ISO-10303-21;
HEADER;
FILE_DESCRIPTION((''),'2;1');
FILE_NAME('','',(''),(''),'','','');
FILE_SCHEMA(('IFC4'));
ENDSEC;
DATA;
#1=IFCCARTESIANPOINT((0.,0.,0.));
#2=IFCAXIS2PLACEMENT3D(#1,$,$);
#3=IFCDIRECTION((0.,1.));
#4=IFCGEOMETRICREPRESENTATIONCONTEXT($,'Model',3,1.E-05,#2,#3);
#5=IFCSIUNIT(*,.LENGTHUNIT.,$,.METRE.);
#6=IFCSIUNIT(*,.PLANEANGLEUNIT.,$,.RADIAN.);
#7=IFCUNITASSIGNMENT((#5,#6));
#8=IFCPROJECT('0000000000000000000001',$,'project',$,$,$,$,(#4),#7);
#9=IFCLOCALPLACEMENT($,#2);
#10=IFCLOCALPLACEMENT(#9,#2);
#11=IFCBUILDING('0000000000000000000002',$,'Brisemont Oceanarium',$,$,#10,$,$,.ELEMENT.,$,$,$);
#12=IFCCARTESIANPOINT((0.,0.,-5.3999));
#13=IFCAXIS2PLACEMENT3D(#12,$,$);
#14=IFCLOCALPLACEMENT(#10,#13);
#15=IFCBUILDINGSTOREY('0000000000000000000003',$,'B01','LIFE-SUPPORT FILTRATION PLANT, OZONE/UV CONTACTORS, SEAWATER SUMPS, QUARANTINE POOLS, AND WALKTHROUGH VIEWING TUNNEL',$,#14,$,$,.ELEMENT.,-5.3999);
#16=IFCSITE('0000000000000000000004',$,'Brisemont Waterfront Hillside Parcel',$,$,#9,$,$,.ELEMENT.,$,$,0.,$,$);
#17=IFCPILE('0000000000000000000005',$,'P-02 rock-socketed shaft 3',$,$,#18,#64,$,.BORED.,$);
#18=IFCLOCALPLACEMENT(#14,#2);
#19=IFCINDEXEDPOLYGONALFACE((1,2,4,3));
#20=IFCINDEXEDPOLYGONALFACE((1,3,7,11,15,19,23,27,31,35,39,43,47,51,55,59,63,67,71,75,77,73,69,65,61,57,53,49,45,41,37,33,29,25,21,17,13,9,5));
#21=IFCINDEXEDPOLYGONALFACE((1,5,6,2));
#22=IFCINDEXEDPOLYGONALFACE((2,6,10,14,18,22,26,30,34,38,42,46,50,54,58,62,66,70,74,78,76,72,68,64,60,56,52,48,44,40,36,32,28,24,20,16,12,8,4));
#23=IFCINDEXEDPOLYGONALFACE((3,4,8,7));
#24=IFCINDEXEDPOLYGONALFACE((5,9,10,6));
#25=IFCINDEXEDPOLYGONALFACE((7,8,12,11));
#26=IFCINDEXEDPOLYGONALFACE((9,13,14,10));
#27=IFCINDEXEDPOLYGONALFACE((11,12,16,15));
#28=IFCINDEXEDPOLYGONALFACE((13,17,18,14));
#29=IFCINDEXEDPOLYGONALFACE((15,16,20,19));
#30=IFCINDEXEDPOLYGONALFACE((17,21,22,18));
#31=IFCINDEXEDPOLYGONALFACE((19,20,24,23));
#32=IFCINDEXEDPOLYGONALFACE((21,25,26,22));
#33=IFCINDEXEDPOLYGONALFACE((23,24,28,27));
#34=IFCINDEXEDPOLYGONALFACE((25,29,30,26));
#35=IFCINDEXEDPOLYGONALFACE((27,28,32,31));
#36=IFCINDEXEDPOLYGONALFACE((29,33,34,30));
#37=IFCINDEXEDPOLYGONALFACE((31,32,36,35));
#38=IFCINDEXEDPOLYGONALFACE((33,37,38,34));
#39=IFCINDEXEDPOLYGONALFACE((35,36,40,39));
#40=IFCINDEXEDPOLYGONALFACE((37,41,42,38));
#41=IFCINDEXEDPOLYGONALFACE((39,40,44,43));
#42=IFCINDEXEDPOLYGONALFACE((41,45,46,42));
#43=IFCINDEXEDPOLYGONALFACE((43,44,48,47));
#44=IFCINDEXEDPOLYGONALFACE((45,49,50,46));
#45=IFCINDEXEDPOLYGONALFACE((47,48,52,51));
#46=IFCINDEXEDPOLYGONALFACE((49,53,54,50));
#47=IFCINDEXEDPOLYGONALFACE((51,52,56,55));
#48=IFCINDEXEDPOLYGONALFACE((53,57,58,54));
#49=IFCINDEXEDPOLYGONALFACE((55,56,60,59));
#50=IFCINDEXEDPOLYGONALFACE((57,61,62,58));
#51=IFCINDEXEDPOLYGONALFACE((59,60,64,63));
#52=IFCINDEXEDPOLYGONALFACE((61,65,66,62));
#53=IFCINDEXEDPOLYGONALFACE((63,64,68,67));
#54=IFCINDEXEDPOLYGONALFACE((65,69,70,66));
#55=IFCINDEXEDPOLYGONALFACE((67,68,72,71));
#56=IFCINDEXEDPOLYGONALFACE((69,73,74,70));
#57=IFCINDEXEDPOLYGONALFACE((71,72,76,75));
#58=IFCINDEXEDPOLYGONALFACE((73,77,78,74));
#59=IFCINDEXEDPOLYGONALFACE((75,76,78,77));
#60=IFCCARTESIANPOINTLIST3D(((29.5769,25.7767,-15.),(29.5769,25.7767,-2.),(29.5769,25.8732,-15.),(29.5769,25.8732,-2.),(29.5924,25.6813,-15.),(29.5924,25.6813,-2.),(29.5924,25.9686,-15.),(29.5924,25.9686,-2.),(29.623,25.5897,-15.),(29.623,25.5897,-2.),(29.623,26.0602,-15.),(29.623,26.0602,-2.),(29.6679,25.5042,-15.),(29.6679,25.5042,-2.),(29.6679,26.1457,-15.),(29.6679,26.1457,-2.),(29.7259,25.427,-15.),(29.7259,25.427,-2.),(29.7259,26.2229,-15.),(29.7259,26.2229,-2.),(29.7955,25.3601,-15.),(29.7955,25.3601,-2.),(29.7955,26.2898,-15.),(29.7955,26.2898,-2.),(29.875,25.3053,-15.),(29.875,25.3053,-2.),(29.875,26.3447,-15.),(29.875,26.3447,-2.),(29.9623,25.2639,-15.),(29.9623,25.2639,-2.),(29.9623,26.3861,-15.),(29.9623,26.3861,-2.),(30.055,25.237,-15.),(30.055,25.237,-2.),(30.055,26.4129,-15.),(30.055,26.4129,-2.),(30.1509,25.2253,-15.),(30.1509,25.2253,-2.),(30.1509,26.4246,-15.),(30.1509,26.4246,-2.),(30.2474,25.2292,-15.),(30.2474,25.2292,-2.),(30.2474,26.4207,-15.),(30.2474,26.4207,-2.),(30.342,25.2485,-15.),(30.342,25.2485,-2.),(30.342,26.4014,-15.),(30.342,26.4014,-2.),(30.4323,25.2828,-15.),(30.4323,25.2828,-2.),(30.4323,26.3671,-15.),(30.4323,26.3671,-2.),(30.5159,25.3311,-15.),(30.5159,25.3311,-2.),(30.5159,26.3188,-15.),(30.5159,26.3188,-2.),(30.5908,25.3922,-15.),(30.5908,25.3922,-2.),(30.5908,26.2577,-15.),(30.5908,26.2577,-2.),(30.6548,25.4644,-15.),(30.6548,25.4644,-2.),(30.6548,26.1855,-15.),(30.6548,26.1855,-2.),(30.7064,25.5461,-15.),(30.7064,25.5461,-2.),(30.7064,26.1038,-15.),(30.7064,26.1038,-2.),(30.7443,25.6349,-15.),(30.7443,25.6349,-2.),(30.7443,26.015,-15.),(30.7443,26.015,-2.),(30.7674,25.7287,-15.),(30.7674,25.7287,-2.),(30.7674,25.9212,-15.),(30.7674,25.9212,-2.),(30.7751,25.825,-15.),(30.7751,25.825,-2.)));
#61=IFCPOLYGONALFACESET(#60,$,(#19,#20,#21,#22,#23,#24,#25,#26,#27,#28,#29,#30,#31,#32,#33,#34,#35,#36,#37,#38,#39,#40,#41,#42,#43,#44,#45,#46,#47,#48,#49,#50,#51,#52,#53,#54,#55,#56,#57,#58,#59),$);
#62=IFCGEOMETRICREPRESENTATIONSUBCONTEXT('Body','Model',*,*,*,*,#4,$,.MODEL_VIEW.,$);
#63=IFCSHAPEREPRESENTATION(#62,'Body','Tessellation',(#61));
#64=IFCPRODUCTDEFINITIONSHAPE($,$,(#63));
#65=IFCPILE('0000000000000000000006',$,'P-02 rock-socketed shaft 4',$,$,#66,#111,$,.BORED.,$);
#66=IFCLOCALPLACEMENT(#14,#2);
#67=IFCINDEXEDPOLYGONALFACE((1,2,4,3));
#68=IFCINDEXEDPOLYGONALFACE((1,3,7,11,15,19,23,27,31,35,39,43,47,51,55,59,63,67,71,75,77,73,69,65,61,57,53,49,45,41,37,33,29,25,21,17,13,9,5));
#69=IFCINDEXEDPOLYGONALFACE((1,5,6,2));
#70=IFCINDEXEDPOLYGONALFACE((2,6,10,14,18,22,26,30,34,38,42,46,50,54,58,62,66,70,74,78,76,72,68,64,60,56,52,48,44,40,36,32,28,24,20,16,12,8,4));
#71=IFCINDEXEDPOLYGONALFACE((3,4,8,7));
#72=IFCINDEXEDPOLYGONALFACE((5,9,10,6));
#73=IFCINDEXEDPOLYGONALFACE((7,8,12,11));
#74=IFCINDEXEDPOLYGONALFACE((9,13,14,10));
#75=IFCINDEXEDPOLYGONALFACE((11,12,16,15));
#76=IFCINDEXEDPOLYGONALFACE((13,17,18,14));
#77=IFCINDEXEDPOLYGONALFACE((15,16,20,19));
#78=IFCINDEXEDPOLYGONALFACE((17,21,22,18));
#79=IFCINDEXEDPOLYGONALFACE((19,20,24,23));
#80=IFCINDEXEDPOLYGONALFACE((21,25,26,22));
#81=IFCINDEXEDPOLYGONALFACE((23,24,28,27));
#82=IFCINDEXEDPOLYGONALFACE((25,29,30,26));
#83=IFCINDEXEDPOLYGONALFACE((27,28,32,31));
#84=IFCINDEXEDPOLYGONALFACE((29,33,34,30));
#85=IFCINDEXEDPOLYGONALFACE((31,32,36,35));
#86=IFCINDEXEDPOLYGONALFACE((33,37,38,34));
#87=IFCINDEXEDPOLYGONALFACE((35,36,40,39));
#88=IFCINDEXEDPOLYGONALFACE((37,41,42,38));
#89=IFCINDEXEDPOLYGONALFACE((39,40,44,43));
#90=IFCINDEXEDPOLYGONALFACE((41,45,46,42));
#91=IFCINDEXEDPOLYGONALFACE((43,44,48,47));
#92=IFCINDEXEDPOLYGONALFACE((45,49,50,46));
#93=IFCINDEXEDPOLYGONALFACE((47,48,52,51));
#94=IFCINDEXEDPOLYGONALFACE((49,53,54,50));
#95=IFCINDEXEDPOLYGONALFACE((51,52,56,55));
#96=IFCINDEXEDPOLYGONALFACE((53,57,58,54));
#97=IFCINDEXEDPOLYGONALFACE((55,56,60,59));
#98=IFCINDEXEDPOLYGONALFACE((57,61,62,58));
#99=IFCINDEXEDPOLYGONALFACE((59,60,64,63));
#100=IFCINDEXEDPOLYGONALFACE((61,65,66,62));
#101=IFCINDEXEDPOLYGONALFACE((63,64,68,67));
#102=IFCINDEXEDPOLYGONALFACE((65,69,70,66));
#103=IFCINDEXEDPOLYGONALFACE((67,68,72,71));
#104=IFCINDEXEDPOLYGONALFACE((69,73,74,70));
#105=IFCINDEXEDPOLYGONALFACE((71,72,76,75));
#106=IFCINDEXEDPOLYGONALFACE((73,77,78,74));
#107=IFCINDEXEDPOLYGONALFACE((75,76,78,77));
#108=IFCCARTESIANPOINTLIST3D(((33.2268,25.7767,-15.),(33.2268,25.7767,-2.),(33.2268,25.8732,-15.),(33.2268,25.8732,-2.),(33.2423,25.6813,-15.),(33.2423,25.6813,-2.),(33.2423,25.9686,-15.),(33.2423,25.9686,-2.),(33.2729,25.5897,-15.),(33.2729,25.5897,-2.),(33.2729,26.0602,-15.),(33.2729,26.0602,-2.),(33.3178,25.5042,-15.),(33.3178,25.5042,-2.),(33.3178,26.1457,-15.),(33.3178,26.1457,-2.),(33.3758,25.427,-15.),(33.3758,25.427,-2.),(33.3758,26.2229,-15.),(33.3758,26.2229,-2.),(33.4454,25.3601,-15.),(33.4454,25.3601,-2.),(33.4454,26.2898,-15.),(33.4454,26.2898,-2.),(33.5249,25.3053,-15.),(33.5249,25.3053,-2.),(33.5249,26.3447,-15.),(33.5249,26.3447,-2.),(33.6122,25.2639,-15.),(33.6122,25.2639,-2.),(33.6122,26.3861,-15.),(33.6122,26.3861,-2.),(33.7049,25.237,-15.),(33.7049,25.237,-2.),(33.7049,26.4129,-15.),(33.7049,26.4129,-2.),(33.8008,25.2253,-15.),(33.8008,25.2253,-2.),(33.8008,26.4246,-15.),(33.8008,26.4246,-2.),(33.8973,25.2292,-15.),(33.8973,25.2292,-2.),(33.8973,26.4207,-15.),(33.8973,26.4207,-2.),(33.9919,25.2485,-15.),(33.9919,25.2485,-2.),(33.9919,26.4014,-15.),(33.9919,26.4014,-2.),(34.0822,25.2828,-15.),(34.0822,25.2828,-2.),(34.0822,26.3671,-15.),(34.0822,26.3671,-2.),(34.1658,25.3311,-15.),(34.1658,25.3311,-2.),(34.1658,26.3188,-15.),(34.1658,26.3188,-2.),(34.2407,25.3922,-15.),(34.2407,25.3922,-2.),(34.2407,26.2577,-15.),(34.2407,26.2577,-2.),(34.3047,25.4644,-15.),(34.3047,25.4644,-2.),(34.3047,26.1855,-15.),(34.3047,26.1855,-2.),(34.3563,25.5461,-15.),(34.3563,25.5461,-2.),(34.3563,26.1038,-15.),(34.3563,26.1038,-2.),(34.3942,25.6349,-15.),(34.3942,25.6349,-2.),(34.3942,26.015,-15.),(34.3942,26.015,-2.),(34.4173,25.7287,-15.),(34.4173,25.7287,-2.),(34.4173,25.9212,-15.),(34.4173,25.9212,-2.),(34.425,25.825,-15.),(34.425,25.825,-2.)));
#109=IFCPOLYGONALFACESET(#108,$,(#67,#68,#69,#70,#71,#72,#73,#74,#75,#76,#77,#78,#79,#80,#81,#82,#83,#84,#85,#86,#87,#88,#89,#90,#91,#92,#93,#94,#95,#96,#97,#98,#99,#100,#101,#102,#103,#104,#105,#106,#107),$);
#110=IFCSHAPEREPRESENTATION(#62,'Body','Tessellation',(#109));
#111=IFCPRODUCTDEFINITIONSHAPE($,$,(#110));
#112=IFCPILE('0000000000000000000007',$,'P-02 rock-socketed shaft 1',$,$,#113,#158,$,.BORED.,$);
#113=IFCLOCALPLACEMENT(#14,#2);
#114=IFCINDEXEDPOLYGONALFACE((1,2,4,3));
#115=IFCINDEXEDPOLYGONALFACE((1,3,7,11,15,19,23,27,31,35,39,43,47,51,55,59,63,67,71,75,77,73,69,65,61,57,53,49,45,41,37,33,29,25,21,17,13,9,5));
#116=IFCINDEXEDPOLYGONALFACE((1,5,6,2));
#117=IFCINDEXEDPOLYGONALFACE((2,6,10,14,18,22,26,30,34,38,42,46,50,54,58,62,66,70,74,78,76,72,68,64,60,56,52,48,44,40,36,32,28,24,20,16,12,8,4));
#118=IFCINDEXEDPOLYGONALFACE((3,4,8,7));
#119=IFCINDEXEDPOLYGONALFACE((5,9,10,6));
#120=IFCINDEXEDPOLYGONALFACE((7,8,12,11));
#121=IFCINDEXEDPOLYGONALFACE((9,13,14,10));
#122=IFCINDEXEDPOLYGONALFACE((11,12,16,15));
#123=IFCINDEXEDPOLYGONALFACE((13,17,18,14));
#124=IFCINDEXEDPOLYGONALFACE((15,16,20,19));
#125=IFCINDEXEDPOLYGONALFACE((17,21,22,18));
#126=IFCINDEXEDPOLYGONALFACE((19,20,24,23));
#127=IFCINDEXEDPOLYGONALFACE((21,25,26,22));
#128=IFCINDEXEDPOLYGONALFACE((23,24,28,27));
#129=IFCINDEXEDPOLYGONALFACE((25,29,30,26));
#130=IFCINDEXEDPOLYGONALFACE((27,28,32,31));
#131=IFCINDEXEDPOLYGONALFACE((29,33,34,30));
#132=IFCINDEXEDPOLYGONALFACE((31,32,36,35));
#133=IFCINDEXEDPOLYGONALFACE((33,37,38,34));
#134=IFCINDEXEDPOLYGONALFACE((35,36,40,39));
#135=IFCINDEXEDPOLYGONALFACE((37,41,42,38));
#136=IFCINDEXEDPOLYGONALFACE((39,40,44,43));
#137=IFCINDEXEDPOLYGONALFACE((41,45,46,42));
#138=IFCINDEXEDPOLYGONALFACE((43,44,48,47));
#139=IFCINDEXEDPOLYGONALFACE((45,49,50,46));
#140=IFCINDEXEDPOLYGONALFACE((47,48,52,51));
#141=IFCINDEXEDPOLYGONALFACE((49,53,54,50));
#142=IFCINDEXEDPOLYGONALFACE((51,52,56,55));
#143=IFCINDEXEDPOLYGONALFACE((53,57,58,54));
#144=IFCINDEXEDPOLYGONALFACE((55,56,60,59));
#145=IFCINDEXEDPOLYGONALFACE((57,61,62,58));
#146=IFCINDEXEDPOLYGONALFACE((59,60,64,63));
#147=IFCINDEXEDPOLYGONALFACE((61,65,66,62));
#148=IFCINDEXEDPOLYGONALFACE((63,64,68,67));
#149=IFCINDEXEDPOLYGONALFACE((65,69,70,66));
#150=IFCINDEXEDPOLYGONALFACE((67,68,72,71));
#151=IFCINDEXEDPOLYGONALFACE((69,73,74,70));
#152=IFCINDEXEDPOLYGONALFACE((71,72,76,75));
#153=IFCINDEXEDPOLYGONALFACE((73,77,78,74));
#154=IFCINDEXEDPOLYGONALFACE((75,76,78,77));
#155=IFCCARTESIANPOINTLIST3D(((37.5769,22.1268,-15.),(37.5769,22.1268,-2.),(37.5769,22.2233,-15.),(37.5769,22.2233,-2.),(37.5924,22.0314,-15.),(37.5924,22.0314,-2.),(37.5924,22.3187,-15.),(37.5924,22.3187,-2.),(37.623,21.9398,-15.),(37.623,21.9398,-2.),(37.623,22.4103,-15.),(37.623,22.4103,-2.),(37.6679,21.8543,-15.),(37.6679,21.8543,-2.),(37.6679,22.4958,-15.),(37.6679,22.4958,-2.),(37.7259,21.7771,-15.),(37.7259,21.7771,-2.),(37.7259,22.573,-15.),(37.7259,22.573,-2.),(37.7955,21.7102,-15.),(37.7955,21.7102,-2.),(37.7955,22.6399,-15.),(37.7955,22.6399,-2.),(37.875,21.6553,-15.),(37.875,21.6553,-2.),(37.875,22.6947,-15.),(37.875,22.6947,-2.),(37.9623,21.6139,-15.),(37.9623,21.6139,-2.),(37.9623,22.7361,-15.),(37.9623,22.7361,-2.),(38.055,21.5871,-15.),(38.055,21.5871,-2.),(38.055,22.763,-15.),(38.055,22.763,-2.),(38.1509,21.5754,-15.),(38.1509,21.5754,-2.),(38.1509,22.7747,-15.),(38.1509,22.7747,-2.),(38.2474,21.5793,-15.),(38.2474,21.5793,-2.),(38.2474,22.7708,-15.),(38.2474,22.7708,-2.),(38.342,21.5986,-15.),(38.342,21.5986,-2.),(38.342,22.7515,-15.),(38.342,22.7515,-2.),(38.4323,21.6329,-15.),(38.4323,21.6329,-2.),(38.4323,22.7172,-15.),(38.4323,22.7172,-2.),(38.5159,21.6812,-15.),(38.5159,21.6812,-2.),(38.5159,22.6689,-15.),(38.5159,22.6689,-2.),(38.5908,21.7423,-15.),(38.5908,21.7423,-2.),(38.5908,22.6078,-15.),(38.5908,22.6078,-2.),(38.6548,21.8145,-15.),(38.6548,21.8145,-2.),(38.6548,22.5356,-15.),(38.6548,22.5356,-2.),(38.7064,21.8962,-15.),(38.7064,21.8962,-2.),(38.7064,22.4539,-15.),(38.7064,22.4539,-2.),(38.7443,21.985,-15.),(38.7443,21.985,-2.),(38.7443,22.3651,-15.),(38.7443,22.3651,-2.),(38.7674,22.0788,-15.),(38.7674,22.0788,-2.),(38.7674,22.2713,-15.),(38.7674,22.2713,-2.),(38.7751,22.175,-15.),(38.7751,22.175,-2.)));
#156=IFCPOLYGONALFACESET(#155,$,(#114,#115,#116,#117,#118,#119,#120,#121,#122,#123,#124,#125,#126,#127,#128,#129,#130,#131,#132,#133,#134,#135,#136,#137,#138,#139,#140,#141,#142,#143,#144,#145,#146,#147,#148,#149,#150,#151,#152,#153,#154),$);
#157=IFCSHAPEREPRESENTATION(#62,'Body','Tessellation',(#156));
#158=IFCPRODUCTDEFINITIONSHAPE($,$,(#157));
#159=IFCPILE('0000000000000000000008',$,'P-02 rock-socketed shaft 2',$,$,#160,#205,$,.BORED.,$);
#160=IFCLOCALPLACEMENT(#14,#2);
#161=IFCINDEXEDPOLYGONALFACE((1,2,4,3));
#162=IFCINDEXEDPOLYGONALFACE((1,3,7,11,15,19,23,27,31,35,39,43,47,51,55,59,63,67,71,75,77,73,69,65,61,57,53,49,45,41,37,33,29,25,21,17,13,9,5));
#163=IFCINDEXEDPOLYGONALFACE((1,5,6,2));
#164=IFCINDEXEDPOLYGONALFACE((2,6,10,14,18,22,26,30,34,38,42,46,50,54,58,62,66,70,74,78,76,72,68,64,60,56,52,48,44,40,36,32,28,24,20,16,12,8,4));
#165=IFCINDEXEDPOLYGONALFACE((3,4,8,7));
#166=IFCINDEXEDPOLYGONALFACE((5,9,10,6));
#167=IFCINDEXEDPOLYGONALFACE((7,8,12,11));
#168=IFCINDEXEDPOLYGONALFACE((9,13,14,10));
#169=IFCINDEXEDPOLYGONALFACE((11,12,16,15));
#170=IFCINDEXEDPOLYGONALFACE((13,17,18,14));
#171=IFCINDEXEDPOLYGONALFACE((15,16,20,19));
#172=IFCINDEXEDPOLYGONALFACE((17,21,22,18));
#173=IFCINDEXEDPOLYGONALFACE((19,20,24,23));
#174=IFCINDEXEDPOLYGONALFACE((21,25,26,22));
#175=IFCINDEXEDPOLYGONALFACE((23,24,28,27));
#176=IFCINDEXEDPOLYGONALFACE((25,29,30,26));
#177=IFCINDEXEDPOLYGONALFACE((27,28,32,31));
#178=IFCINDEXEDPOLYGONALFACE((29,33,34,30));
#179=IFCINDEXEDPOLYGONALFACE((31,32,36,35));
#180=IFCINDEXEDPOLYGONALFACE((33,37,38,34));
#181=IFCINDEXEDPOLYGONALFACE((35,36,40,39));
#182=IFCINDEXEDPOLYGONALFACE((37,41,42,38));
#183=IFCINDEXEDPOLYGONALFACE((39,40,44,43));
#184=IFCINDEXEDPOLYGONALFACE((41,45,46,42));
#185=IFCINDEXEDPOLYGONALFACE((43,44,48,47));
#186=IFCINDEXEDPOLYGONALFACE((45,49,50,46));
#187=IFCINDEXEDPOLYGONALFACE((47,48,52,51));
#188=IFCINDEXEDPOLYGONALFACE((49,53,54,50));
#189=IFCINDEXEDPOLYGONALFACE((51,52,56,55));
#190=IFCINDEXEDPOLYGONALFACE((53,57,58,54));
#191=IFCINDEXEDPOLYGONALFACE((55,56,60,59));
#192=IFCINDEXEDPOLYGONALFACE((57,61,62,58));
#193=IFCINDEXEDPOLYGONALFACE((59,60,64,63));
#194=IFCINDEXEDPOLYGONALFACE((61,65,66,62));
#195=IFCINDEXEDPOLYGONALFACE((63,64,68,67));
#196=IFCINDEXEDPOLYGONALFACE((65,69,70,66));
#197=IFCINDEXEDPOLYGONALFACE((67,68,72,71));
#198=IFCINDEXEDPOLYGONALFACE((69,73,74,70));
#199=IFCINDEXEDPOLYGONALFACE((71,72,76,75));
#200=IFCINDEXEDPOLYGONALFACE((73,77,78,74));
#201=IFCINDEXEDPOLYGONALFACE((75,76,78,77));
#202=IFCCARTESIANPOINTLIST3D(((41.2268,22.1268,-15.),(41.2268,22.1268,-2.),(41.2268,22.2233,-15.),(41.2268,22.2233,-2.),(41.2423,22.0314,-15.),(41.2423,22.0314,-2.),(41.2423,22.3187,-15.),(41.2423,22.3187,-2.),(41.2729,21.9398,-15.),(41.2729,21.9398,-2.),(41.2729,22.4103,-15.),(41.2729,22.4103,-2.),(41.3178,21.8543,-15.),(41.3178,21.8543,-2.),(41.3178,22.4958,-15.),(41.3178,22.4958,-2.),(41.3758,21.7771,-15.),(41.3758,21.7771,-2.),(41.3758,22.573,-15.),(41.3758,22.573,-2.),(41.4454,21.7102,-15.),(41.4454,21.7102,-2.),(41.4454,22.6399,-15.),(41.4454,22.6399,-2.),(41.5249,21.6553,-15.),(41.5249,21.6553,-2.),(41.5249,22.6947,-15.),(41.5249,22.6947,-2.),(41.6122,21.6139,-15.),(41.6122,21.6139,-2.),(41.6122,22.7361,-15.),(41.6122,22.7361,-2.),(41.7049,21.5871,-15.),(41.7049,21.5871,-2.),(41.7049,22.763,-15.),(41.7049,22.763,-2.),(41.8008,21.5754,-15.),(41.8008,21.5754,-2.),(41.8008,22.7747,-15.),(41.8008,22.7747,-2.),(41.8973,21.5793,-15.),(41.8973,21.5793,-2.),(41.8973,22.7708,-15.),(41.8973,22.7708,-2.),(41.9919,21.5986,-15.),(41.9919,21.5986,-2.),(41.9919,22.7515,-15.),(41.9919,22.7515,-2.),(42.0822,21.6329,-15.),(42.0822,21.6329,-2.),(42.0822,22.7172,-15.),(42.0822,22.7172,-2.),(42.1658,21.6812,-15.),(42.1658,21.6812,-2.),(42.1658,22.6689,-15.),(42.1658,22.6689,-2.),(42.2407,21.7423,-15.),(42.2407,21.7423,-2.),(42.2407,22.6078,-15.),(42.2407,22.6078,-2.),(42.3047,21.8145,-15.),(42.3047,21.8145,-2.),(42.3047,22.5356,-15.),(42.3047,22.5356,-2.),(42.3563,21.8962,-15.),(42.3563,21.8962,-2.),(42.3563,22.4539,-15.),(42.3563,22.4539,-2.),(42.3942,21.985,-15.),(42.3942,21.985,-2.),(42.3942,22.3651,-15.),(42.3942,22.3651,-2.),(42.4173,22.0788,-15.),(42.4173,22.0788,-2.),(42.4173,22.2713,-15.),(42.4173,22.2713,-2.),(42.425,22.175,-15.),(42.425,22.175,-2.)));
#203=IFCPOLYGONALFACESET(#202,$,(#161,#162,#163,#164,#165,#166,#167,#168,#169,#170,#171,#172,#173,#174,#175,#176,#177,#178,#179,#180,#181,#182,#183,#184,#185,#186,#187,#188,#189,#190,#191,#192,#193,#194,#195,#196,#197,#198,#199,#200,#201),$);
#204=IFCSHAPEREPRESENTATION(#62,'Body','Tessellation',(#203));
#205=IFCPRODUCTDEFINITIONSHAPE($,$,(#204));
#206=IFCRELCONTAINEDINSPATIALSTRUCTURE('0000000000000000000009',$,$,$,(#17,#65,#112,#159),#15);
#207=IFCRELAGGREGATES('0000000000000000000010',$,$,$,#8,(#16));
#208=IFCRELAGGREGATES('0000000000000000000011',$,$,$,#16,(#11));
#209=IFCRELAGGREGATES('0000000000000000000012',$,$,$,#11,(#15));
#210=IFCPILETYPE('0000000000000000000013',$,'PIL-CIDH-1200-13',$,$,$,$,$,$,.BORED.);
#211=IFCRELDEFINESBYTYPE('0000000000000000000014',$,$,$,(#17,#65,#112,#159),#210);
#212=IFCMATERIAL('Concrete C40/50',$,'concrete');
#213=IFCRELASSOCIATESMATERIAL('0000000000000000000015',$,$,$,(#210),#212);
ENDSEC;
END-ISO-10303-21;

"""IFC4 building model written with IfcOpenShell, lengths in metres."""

from ifc_helpers import new_model, si_unit, direction, frame, origin, origin_2d, place, context, subcontext, project, spatial, circle, extrude, material, material_profile, profile_set, type_object, element, save


model = new_model("IFC4")

# Units and contexts
model_context = context("Model", 3, precision=1e-05, world=origin(), true_north=direction((0.0, 1.0)))
body_context = subcontext(model_context, "Body", "Model", "MODEL_VIEW")
ifc_project = project(units=[si_unit("LENGTHUNIT", "METRE"), si_unit("PLANEANGLEUNIT", "RADIAN")], contexts=[model_context])

# Site, building, storey
site_placement = place(None, origin())
site = spatial("IfcSite", under=ifc_project, at=site_placement, Name="Brisemont Waterfront Hillside Parcel", CompositionType="ELEMENT", RefElevation=0.0)
building_placement = place(site_placement, origin())
building = spatial("IfcBuilding", under=site, at=building_placement, Name="Brisemont Oceanarium", CompositionType="ELEMENT")
storey_placement = place(building_placement, frame((0.0, 0.0, -5.3999)))
storey = spatial("IfcBuildingStorey", under=building, at=storey_placement, Name="B01", Description="LIFE-SUPPORT FILTRATION PLANT, OZONE/UV CONTACTORS, SEAWATER SUMPS, QUARANTINE POOLS, AND WALKTHROUGH VIEWING TUNNEL", CompositionType="ELEMENT", Elevation=-5.3999)

# Piles
ifc_material_1 = material(Name="Concrete C40/50", Category="concrete")
ifc_material_profile_1 = material_profile(ifc_material_1, circle(Radius=0.6001, at=origin_2d()), Name="CIDH-D1200")
ifc_profile_set_1 = profile_set([ifc_material_profile_1], Name="Concrete C40/50")
pile_type = type_object("IfcPileType", Name="PIL-CIDH-1200-13", PredefinedType="BORED", material=ifc_profile_set_1)
for number, where, z_axis, x_axis, name in (
    (1, (30.175, 25.825, -2.0), (0.0, 0.0, -1.0), (1.0, 0.0, 0.0), "P-02 rock-socketed shaft 3"),
    (2, (33.825, 25.825, -2.0), (0.0, 0.0, -1.0), (1.0, 0.0, 0.0), "P-02 rock-socketed shaft 4"),
    (3, (38.175, 22.175, -2.0), (0.0, 0.0, -1.0), (1.0, 0.0, 0.0), "P-02 rock-socketed shaft 1"),
    (4, (41.825, 22.175, -2.0), (0.0, 0.0, -1.0), (1.0, 0.0, 0.0), "P-02 rock-socketed shaft 2"),
):
    element("IfcPile", number, at=place(storey_placement, frame(where, z_axis=z_axis, x_axis=x_axis)), inside=storey, type_object=pile_type, Name=name, PredefinedType="BORED", context=body_context, shape_type="SweptSolid", body=[
        extrude(circle(Radius=0.6001, at=origin_2d()), origin(), (0.0, 0.0, 1.0), 13.0),
    ])

save(model, "model.ifc")
